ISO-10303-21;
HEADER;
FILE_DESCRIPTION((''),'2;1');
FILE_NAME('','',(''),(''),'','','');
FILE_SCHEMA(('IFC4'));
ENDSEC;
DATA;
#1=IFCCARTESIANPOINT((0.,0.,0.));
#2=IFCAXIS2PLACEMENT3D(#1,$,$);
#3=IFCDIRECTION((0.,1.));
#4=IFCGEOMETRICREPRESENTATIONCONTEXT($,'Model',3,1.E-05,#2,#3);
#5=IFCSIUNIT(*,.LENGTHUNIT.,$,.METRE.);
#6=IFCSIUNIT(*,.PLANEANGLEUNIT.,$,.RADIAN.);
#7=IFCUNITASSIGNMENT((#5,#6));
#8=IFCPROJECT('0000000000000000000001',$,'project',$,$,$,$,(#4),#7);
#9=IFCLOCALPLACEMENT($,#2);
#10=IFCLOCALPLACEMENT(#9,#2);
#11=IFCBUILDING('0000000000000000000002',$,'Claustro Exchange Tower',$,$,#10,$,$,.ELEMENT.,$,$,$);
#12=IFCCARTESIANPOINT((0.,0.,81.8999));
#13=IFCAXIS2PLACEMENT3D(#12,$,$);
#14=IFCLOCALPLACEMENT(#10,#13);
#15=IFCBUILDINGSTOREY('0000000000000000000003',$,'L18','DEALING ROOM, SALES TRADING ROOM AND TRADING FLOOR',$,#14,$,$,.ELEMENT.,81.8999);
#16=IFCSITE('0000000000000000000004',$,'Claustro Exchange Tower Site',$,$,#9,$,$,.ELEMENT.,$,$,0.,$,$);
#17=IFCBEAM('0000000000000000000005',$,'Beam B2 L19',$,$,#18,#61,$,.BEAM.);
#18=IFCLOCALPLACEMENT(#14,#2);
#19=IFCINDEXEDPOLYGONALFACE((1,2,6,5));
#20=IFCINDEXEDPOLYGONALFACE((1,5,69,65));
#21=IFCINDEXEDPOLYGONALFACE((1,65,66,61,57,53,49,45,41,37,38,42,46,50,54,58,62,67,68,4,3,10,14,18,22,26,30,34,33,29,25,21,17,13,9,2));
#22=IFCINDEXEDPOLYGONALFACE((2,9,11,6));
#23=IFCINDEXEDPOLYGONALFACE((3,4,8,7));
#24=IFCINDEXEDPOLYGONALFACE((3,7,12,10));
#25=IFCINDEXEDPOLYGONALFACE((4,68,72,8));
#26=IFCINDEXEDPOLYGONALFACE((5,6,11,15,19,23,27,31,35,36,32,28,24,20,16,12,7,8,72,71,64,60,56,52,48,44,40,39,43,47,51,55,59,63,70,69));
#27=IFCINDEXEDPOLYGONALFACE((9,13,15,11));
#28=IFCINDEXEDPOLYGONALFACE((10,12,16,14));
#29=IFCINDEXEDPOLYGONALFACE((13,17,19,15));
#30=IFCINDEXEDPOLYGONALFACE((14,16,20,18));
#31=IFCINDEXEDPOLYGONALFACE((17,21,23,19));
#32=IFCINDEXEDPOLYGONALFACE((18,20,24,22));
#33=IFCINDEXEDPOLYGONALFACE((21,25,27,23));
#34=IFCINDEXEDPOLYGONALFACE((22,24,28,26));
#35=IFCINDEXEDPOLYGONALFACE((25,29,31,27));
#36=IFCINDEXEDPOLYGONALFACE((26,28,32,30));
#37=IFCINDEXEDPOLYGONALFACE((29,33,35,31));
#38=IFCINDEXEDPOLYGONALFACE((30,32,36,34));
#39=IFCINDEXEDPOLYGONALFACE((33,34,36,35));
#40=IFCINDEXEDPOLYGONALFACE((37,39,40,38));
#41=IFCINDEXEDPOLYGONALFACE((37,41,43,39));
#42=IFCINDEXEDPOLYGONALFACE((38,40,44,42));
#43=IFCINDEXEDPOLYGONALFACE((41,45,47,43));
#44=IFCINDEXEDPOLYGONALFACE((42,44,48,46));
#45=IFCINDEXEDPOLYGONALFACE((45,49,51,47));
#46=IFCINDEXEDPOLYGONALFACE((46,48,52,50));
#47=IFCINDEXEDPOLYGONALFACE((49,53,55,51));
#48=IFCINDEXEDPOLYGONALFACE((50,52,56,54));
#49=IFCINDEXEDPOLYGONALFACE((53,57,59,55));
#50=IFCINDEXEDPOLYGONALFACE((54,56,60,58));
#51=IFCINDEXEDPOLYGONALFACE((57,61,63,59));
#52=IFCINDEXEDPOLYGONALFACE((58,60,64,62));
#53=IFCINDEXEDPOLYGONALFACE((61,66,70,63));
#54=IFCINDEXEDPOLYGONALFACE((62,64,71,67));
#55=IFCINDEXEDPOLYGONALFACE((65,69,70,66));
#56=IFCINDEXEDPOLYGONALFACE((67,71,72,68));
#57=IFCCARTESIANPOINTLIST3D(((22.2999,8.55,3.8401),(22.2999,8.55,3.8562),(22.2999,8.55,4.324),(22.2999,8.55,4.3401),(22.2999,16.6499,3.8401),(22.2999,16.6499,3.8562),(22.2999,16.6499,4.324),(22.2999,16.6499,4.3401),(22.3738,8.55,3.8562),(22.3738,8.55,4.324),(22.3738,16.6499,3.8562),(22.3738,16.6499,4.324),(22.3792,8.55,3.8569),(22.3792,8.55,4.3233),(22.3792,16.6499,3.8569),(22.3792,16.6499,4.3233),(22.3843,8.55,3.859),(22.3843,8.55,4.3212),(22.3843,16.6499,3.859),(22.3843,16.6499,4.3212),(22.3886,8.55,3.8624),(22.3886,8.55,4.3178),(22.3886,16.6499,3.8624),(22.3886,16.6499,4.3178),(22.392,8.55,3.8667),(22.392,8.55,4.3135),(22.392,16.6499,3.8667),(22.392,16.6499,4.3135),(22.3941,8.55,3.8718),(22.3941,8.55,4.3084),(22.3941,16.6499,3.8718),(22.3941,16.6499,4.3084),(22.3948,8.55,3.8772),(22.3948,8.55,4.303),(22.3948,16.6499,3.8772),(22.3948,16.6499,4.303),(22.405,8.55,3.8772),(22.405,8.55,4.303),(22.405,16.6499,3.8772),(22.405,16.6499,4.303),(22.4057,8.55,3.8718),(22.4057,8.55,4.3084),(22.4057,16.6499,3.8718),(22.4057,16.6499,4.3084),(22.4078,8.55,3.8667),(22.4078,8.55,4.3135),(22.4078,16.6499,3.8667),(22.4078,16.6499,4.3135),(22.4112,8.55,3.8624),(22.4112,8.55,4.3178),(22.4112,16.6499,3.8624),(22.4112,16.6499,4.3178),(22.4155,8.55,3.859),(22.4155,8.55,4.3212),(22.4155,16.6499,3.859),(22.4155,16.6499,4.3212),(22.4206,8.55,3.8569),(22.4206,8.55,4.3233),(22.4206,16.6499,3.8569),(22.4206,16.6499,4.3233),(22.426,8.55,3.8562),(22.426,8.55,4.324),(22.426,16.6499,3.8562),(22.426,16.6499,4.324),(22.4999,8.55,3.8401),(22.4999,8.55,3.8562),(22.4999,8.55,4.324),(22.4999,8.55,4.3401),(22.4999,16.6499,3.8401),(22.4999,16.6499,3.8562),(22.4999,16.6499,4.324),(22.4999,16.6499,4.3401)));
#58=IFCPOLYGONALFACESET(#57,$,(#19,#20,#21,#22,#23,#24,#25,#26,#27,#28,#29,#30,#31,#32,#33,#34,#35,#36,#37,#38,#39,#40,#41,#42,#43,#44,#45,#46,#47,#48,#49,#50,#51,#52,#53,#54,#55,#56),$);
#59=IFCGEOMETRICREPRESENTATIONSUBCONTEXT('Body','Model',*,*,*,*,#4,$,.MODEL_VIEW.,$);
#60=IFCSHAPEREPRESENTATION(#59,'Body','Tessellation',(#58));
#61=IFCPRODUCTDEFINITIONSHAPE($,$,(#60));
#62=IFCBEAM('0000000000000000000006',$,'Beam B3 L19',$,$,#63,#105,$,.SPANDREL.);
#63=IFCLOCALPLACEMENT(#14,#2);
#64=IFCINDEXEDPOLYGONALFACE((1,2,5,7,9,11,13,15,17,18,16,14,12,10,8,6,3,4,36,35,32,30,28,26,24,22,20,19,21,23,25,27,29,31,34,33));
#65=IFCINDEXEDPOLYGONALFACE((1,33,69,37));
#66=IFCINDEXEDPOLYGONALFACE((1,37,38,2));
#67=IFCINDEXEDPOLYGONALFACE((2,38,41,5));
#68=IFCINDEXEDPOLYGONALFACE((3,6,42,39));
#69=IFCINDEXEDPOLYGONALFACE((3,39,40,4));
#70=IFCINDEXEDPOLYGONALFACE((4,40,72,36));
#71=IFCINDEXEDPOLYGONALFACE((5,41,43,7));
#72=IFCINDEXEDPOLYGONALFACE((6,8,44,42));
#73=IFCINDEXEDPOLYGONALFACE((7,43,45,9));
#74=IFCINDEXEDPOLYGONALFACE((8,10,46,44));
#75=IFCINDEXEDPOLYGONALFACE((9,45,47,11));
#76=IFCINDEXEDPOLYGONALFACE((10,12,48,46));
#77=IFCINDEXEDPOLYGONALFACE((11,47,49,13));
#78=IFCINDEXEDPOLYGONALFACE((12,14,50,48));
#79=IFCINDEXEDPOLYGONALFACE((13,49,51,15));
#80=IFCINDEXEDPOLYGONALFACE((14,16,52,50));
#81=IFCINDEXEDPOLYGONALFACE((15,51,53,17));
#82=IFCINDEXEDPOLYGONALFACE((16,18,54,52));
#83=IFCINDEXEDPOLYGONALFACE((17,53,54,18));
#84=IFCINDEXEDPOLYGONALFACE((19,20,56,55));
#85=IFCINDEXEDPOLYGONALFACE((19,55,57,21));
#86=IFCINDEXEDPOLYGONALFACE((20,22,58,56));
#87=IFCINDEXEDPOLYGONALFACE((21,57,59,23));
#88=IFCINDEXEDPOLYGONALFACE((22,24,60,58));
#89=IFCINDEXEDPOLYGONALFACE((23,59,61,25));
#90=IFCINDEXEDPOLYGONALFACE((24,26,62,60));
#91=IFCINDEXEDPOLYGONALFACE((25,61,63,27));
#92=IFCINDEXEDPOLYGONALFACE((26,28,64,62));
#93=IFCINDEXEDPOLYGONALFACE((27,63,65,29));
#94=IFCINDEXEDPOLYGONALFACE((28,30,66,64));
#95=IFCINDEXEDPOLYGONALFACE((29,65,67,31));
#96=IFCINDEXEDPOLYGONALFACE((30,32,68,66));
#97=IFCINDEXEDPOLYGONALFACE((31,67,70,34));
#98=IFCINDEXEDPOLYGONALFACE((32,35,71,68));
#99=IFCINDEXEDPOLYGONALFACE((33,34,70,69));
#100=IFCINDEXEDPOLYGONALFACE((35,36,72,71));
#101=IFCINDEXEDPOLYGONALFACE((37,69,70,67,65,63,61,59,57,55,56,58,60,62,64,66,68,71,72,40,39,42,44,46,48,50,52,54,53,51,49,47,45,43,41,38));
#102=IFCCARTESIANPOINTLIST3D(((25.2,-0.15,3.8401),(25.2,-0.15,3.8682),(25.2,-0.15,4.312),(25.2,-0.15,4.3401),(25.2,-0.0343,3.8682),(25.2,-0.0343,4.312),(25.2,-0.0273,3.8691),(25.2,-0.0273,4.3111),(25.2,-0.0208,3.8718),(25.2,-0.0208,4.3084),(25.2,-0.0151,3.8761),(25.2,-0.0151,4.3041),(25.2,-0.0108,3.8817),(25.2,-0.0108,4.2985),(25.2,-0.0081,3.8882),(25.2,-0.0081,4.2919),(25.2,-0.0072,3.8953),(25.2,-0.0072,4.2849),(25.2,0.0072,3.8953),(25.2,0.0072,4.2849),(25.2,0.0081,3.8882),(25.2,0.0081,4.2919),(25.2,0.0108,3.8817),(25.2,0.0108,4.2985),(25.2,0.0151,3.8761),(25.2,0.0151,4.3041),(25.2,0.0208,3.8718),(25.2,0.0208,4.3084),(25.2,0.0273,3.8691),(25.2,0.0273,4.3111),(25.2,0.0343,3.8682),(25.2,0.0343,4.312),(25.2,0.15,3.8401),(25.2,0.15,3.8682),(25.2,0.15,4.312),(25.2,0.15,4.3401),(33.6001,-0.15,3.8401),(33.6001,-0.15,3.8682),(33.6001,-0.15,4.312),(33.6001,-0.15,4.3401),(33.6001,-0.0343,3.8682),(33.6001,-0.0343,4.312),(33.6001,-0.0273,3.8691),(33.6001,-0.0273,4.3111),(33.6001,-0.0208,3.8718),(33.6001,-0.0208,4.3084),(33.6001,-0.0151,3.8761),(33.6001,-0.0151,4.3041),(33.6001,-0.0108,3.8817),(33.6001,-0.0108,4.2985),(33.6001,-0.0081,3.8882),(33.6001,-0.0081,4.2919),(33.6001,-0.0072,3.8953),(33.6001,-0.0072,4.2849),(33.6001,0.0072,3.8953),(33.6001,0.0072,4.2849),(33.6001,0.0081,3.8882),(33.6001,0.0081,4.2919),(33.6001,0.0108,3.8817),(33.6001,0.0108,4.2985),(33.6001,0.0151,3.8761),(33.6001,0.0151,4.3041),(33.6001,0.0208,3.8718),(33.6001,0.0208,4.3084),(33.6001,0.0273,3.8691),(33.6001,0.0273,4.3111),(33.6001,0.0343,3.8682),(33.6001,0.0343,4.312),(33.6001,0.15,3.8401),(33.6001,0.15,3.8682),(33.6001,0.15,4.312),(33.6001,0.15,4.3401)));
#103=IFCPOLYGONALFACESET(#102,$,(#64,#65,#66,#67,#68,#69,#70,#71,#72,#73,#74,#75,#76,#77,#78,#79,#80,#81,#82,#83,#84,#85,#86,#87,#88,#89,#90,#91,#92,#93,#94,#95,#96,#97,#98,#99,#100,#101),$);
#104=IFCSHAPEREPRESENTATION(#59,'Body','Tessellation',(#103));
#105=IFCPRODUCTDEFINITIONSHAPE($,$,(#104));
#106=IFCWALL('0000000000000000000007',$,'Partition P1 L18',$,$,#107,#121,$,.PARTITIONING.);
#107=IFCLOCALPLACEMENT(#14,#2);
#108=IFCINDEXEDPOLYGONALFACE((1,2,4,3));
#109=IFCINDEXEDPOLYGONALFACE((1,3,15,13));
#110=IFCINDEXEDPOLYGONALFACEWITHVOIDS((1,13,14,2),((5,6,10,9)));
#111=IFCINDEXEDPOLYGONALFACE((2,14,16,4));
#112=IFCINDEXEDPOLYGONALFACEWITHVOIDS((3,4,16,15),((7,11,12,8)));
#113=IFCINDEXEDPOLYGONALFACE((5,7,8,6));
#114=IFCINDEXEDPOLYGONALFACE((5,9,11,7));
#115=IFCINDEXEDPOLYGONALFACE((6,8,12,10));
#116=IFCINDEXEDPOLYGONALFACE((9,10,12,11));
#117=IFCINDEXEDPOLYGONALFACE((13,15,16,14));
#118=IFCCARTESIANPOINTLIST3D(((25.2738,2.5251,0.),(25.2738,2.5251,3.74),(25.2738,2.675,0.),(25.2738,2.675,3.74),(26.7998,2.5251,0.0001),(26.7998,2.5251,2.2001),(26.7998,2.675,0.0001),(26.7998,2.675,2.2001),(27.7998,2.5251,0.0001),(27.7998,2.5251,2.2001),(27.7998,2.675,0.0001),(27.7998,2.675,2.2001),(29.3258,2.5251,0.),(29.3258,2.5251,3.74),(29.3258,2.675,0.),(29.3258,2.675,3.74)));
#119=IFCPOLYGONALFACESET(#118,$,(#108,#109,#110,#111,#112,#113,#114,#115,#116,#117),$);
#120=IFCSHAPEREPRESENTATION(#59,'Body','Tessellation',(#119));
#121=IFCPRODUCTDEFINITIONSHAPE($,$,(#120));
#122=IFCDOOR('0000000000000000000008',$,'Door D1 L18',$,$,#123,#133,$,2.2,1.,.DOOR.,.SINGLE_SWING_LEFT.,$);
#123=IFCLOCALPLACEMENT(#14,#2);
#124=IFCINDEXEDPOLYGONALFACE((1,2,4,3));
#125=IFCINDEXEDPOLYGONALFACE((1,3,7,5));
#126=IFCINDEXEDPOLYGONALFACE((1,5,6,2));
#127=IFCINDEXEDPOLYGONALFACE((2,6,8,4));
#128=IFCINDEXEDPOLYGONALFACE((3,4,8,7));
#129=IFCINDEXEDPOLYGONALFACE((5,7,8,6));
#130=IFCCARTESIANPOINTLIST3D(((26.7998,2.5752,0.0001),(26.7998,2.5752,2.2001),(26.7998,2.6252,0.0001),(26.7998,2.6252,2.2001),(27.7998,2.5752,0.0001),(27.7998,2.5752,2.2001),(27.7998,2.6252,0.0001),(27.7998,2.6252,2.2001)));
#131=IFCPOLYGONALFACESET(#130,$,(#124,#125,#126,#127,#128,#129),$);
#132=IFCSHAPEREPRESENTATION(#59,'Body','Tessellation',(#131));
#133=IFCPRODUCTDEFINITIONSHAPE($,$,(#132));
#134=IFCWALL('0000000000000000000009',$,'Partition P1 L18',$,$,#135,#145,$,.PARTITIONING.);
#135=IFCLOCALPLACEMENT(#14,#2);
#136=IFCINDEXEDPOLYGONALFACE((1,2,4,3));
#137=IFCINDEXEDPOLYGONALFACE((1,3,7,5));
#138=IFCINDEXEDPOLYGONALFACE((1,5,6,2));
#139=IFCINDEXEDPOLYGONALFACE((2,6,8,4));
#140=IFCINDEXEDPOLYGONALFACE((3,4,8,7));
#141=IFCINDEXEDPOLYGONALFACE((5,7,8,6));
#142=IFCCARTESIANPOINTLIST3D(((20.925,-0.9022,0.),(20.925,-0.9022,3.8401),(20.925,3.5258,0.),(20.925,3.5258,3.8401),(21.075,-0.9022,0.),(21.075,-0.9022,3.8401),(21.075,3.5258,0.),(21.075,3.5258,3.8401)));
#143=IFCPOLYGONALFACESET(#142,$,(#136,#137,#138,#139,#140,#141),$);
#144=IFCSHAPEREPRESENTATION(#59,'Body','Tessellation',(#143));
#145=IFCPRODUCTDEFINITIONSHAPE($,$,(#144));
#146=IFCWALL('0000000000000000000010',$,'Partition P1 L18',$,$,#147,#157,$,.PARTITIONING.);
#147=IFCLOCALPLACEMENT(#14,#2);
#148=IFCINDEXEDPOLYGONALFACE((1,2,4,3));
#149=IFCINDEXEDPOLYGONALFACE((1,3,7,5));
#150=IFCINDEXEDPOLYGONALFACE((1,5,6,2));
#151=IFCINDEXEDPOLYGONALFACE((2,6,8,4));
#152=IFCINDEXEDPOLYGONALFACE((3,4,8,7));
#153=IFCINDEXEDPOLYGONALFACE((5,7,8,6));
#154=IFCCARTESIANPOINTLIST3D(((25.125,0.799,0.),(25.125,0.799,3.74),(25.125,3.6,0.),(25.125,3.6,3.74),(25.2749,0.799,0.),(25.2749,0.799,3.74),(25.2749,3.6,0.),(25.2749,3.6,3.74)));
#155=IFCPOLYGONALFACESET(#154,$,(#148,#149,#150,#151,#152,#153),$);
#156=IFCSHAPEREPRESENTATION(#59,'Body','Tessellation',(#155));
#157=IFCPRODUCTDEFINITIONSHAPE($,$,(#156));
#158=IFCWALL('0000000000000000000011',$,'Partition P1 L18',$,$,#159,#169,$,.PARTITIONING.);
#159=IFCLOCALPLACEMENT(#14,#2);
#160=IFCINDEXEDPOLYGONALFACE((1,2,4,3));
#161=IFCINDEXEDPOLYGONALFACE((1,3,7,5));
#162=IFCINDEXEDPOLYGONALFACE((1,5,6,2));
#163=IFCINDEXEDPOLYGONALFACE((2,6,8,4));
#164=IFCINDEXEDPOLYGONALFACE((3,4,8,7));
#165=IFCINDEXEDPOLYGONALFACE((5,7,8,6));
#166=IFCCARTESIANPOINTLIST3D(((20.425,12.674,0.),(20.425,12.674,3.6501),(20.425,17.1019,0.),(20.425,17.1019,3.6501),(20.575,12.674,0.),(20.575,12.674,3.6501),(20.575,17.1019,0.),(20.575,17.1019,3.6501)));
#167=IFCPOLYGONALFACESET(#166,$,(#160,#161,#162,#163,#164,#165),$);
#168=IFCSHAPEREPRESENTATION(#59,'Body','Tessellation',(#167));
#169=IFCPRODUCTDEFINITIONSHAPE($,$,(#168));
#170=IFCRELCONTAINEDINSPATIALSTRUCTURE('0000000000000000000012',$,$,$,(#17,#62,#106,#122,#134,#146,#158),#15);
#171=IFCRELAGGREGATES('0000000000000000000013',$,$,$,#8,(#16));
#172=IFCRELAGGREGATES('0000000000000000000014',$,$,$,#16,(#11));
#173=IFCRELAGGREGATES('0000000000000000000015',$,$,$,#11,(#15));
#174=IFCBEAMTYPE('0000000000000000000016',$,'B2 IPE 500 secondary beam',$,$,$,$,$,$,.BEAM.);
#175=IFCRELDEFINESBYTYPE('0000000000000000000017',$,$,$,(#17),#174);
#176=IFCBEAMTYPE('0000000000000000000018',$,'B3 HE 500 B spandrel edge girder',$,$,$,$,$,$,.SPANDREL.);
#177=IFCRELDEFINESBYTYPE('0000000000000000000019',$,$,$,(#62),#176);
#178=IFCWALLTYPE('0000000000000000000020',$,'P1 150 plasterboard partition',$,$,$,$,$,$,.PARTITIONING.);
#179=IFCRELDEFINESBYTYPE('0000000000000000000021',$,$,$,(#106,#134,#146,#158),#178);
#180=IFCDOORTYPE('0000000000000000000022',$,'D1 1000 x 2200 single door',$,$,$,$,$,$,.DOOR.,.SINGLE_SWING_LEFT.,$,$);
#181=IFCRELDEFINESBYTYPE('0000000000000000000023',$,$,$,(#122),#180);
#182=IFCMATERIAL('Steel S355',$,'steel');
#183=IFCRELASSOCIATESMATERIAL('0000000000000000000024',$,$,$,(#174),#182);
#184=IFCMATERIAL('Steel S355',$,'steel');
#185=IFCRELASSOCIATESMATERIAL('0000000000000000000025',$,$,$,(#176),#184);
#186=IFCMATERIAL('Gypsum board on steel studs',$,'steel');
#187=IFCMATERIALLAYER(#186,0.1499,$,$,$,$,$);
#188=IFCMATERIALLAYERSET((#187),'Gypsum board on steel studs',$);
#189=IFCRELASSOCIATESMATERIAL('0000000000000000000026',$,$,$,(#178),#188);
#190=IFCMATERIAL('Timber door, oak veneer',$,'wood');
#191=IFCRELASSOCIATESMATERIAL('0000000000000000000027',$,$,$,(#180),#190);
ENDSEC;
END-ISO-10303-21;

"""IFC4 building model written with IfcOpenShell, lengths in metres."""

from ifc_helpers import new_model, si_unit, direction, frame, frame_2d, origin, origin_2d, place, context, subcontext, project, spatial, rectangle, i_section, extrude, material, layer, layer_set, material_profile, profile_set, type_object, element, fill, save


model = new_model("IFC4")

# Units and contexts
model_context = context("Model", 3, precision=1e-05, world=origin(), true_north=direction((0.0, 1.0)))
body_context = subcontext(model_context, "Body", "Model", "MODEL_VIEW")
ifc_project = project(units=[si_unit("LENGTHUNIT", "METRE"), si_unit("PLANEANGLEUNIT", "RADIAN")], contexts=[model_context])

# Site, building, storey
site_placement = place(None, origin())
site = spatial("IfcSite", under=ifc_project, at=site_placement, Name="Claustro Exchange Tower Site", CompositionType="ELEMENT", RefElevation=0.0)
building_placement = place(site_placement, origin())
building = spatial("IfcBuilding", under=site, at=building_placement, Name="Claustro Exchange Tower", CompositionType="ELEMENT")
storey_placement = place(building_placement, frame((0.0, 0.0, 81.8999)))
storey = spatial("IfcBuildingStorey", under=building, at=storey_placement, Name="L18", Description="DEALING ROOM, SALES TRADING ROOM AND TRADING FLOOR", CompositionType="ELEMENT", Elevation=81.8999)

# Beams
ifc_material_1 = material(Name="Steel S355", Category="steel")
ifc_material_profile_1 = material_profile(ifc_material_1, i_section(OverallWidth=0.2, OverallDepth=0.5, WebThickness=0.0103, FlangeThickness=0.0161, FilletRadius=0.021, at=origin_2d()), Name="IPE 500")
ifc_profile_set_1 = profile_set([ifc_material_profile_1], Name="Steel S355")
beam_type_1 = type_object("IfcBeamType", Name="B2 IPE 500 secondary beam", PredefinedType="BEAM", material=ifc_profile_set_1)
for number, where, z_axis, x_axis, name in (
    (1, (22.3999, 8.55, 4.0901), (0.0, 1.0, 0.0), (-1.0, 0.0, 0.0), "Beam B2 L19"),
):
    element("IfcBeam", number, at=place(storey_placement, frame(where, z_axis=z_axis, x_axis=x_axis)), inside=storey, type_object=beam_type_1, Name=name, PredefinedType="BEAM", context=body_context, shape_type="SweptSolid", body=[
        extrude(i_section(OverallWidth=0.2, OverallDepth=0.5, WebThickness=0.0103, FlangeThickness=0.0161, FilletRadius=0.021, at=origin_2d()), origin(), (0.0, 0.0, 1.0), 8.0999),
    ])
ifc_material_2 = material(Name="Steel S355", Category="steel")
ifc_material_profile_2 = material_profile(ifc_material_2, i_section(OverallWidth=0.3, OverallDepth=0.5, WebThickness=0.0144, FlangeThickness=0.0281, FilletRadius=0.0271, at=origin_2d()), Name="HE 500 B")
ifc_profile_set_2 = profile_set([ifc_material_profile_2], Name="Steel S355")
beam_type_2 = type_object("IfcBeamType", Name="B3 HE 500 B spandrel edge girder", PredefinedType="SPANDREL", material=ifc_profile_set_2)
beam_1_placement = place(storey_placement, frame((25.2, 0.0, 4.0901), z_axis=(1.0, 0.0, 0.0), x_axis=(0.0, 1.0, 0.0)))
element("IfcBeam", 2, at=beam_1_placement, inside=storey, type_object=beam_type_2, Name="Beam B3 L19", PredefinedType="SPANDREL", context=body_context, shape_type="SweptSolid", body=[
    extrude(i_section(OverallWidth=0.3, OverallDepth=0.5, WebThickness=0.0144, FlangeThickness=0.0281, FilletRadius=0.0271, at=origin_2d()), origin(), (0.0, 0.0, 1.0), 8.4001),
])

# Wall, opening, door
ifc_material_3 = material(Name="Gypsum board on steel studs", Category="steel")
ifc_layer_1 = layer(ifc_material_3, 0.1499)
ifc_layer_set_1 = layer_set([ifc_layer_1], Name="Gypsum board on steel studs")
wall_type_1 = type_object("IfcWallType", Name="P1 150 plasterboard partition", PredefinedType="PARTITIONING", material=ifc_layer_set_1)
wall_1_placement = place(storey_placement, frame((25.2739, 2.6001, 0.0), z_axis=(0.0, 0.0, 1.0), x_axis=(1.0, 0.0, 0.0)))
wall_1 = element("IfcWall", 3, at=wall_1_placement, inside=storey, type_object=wall_type_1, Name="Partition P1 L18", PredefinedType="PARTITIONING", context=body_context, shape_type="SweptSolid", body=[
    extrude(rectangle(XDim=4.052, YDim=0.1499, at=frame_2d((2.0259, 0.0))), origin(), (0.0, 0.0, 1.0), 3.74),
])
opening_1_placement = place(wall_1_placement, frame((1.5259, 0.0, 0.0)))
opening_1 = element("IfcOpeningElement", 4, at=opening_1_placement, cuts=wall_1, PredefinedType="OPENING", context=body_context, shape_type="SweptSolid", body=[
    extrude(rectangle(XDim=1.0, YDim=2.2, at=frame_2d((0.5, 1.1001))), frame((0.0, 0.085, 0.0), z_axis=(0.0, -1.0, 0.0), x_axis=(1.0, 0.0, 0.0)), (0.0, 0.0, 1.0), 0.1699),
])
ifc_material_4 = material(Name="Timber door, oak veneer", Category="wood")
door_type = type_object("IfcDoorType", Name="D1 1000 x 2200 single door", OperationType="SINGLE_SWING_LEFT", PredefinedType="DOOR", material=ifc_material_4)
door_1_placement = place(opening_1_placement, frame((1.0, 0.0, 0.0), z_axis=(0.0, 0.0, 1.0), x_axis=(-1.0, 0.0, 0.0)))
door_1 = element("IfcDoor", 5, at=door_1_placement, inside=storey, type_object=door_type, Name="Door D1 L18", OperationType="SINGLE_SWING_LEFT", OverallHeight=2.2, OverallWidth=1.0, PredefinedType="DOOR", context=body_context, shape_type="SweptSolid", body=[
    extrude(rectangle(XDim=1.0, YDim=2.2, at=frame_2d((0.5, 1.1001))), frame((0.0, 0.0249, 0.0), z_axis=(0.0, -1.0, 0.0), x_axis=(1.0, 0.0, 0.0)), (0.0, 0.0, 1.0), 0.05),
])
fill(opening_1, door_1)

# Walls
wall_2_placement = place(storey_placement, frame((21.0, -0.9021, 0.0), z_axis=(0.0, 0.0, 1.0), x_axis=(0.0, 1.0, 0.0)))
element("IfcWall", 6, at=wall_2_placement, inside=storey, type_object=wall_type_1, Name="Partition P1 L18", PredefinedType="PARTITIONING", context=body_context, shape_type="SweptSolid", body=[
    extrude(rectangle(XDim=4.428, YDim=0.1499, at=frame_2d((2.2139, 0.0))), origin(), (0.0, 0.0, 1.0), 3.8401),
])
wall_3_placement = place(storey_placement, frame((25.2, 0.7991, 0.0), z_axis=(0.0, 0.0, 1.0), x_axis=(0.0, 1.0, 0.0)))
element("IfcWall", 7, at=wall_3_placement, inside=storey, type_object=wall_type_1, Name="Partition P1 L18", PredefinedType="PARTITIONING", context=body_context, shape_type="SweptSolid", body=[
    extrude(rectangle(XDim=2.801, YDim=0.1499, at=frame_2d((1.4004, 0.0))), origin(), (0.0, 0.0, 1.0), 3.74),
])
wall_4_placement = place(storey_placement, frame((20.5, 12.6741, 0.0), z_axis=(0.0, 0.0, 1.0), x_axis=(0.0, 1.0, 0.0)))
element("IfcWall", 8, at=wall_4_placement, inside=storey, type_object=wall_type_1, Name="Partition P1 L18", PredefinedType="PARTITIONING", context=body_context, shape_type="SweptSolid", body=[
    extrude(rectangle(XDim=4.428, YDim=0.1499, at=frame_2d((2.2139, 0.0))), origin(), (0.0, 0.0, 1.0), 3.6501),
])

save(model, "model.ifc")
